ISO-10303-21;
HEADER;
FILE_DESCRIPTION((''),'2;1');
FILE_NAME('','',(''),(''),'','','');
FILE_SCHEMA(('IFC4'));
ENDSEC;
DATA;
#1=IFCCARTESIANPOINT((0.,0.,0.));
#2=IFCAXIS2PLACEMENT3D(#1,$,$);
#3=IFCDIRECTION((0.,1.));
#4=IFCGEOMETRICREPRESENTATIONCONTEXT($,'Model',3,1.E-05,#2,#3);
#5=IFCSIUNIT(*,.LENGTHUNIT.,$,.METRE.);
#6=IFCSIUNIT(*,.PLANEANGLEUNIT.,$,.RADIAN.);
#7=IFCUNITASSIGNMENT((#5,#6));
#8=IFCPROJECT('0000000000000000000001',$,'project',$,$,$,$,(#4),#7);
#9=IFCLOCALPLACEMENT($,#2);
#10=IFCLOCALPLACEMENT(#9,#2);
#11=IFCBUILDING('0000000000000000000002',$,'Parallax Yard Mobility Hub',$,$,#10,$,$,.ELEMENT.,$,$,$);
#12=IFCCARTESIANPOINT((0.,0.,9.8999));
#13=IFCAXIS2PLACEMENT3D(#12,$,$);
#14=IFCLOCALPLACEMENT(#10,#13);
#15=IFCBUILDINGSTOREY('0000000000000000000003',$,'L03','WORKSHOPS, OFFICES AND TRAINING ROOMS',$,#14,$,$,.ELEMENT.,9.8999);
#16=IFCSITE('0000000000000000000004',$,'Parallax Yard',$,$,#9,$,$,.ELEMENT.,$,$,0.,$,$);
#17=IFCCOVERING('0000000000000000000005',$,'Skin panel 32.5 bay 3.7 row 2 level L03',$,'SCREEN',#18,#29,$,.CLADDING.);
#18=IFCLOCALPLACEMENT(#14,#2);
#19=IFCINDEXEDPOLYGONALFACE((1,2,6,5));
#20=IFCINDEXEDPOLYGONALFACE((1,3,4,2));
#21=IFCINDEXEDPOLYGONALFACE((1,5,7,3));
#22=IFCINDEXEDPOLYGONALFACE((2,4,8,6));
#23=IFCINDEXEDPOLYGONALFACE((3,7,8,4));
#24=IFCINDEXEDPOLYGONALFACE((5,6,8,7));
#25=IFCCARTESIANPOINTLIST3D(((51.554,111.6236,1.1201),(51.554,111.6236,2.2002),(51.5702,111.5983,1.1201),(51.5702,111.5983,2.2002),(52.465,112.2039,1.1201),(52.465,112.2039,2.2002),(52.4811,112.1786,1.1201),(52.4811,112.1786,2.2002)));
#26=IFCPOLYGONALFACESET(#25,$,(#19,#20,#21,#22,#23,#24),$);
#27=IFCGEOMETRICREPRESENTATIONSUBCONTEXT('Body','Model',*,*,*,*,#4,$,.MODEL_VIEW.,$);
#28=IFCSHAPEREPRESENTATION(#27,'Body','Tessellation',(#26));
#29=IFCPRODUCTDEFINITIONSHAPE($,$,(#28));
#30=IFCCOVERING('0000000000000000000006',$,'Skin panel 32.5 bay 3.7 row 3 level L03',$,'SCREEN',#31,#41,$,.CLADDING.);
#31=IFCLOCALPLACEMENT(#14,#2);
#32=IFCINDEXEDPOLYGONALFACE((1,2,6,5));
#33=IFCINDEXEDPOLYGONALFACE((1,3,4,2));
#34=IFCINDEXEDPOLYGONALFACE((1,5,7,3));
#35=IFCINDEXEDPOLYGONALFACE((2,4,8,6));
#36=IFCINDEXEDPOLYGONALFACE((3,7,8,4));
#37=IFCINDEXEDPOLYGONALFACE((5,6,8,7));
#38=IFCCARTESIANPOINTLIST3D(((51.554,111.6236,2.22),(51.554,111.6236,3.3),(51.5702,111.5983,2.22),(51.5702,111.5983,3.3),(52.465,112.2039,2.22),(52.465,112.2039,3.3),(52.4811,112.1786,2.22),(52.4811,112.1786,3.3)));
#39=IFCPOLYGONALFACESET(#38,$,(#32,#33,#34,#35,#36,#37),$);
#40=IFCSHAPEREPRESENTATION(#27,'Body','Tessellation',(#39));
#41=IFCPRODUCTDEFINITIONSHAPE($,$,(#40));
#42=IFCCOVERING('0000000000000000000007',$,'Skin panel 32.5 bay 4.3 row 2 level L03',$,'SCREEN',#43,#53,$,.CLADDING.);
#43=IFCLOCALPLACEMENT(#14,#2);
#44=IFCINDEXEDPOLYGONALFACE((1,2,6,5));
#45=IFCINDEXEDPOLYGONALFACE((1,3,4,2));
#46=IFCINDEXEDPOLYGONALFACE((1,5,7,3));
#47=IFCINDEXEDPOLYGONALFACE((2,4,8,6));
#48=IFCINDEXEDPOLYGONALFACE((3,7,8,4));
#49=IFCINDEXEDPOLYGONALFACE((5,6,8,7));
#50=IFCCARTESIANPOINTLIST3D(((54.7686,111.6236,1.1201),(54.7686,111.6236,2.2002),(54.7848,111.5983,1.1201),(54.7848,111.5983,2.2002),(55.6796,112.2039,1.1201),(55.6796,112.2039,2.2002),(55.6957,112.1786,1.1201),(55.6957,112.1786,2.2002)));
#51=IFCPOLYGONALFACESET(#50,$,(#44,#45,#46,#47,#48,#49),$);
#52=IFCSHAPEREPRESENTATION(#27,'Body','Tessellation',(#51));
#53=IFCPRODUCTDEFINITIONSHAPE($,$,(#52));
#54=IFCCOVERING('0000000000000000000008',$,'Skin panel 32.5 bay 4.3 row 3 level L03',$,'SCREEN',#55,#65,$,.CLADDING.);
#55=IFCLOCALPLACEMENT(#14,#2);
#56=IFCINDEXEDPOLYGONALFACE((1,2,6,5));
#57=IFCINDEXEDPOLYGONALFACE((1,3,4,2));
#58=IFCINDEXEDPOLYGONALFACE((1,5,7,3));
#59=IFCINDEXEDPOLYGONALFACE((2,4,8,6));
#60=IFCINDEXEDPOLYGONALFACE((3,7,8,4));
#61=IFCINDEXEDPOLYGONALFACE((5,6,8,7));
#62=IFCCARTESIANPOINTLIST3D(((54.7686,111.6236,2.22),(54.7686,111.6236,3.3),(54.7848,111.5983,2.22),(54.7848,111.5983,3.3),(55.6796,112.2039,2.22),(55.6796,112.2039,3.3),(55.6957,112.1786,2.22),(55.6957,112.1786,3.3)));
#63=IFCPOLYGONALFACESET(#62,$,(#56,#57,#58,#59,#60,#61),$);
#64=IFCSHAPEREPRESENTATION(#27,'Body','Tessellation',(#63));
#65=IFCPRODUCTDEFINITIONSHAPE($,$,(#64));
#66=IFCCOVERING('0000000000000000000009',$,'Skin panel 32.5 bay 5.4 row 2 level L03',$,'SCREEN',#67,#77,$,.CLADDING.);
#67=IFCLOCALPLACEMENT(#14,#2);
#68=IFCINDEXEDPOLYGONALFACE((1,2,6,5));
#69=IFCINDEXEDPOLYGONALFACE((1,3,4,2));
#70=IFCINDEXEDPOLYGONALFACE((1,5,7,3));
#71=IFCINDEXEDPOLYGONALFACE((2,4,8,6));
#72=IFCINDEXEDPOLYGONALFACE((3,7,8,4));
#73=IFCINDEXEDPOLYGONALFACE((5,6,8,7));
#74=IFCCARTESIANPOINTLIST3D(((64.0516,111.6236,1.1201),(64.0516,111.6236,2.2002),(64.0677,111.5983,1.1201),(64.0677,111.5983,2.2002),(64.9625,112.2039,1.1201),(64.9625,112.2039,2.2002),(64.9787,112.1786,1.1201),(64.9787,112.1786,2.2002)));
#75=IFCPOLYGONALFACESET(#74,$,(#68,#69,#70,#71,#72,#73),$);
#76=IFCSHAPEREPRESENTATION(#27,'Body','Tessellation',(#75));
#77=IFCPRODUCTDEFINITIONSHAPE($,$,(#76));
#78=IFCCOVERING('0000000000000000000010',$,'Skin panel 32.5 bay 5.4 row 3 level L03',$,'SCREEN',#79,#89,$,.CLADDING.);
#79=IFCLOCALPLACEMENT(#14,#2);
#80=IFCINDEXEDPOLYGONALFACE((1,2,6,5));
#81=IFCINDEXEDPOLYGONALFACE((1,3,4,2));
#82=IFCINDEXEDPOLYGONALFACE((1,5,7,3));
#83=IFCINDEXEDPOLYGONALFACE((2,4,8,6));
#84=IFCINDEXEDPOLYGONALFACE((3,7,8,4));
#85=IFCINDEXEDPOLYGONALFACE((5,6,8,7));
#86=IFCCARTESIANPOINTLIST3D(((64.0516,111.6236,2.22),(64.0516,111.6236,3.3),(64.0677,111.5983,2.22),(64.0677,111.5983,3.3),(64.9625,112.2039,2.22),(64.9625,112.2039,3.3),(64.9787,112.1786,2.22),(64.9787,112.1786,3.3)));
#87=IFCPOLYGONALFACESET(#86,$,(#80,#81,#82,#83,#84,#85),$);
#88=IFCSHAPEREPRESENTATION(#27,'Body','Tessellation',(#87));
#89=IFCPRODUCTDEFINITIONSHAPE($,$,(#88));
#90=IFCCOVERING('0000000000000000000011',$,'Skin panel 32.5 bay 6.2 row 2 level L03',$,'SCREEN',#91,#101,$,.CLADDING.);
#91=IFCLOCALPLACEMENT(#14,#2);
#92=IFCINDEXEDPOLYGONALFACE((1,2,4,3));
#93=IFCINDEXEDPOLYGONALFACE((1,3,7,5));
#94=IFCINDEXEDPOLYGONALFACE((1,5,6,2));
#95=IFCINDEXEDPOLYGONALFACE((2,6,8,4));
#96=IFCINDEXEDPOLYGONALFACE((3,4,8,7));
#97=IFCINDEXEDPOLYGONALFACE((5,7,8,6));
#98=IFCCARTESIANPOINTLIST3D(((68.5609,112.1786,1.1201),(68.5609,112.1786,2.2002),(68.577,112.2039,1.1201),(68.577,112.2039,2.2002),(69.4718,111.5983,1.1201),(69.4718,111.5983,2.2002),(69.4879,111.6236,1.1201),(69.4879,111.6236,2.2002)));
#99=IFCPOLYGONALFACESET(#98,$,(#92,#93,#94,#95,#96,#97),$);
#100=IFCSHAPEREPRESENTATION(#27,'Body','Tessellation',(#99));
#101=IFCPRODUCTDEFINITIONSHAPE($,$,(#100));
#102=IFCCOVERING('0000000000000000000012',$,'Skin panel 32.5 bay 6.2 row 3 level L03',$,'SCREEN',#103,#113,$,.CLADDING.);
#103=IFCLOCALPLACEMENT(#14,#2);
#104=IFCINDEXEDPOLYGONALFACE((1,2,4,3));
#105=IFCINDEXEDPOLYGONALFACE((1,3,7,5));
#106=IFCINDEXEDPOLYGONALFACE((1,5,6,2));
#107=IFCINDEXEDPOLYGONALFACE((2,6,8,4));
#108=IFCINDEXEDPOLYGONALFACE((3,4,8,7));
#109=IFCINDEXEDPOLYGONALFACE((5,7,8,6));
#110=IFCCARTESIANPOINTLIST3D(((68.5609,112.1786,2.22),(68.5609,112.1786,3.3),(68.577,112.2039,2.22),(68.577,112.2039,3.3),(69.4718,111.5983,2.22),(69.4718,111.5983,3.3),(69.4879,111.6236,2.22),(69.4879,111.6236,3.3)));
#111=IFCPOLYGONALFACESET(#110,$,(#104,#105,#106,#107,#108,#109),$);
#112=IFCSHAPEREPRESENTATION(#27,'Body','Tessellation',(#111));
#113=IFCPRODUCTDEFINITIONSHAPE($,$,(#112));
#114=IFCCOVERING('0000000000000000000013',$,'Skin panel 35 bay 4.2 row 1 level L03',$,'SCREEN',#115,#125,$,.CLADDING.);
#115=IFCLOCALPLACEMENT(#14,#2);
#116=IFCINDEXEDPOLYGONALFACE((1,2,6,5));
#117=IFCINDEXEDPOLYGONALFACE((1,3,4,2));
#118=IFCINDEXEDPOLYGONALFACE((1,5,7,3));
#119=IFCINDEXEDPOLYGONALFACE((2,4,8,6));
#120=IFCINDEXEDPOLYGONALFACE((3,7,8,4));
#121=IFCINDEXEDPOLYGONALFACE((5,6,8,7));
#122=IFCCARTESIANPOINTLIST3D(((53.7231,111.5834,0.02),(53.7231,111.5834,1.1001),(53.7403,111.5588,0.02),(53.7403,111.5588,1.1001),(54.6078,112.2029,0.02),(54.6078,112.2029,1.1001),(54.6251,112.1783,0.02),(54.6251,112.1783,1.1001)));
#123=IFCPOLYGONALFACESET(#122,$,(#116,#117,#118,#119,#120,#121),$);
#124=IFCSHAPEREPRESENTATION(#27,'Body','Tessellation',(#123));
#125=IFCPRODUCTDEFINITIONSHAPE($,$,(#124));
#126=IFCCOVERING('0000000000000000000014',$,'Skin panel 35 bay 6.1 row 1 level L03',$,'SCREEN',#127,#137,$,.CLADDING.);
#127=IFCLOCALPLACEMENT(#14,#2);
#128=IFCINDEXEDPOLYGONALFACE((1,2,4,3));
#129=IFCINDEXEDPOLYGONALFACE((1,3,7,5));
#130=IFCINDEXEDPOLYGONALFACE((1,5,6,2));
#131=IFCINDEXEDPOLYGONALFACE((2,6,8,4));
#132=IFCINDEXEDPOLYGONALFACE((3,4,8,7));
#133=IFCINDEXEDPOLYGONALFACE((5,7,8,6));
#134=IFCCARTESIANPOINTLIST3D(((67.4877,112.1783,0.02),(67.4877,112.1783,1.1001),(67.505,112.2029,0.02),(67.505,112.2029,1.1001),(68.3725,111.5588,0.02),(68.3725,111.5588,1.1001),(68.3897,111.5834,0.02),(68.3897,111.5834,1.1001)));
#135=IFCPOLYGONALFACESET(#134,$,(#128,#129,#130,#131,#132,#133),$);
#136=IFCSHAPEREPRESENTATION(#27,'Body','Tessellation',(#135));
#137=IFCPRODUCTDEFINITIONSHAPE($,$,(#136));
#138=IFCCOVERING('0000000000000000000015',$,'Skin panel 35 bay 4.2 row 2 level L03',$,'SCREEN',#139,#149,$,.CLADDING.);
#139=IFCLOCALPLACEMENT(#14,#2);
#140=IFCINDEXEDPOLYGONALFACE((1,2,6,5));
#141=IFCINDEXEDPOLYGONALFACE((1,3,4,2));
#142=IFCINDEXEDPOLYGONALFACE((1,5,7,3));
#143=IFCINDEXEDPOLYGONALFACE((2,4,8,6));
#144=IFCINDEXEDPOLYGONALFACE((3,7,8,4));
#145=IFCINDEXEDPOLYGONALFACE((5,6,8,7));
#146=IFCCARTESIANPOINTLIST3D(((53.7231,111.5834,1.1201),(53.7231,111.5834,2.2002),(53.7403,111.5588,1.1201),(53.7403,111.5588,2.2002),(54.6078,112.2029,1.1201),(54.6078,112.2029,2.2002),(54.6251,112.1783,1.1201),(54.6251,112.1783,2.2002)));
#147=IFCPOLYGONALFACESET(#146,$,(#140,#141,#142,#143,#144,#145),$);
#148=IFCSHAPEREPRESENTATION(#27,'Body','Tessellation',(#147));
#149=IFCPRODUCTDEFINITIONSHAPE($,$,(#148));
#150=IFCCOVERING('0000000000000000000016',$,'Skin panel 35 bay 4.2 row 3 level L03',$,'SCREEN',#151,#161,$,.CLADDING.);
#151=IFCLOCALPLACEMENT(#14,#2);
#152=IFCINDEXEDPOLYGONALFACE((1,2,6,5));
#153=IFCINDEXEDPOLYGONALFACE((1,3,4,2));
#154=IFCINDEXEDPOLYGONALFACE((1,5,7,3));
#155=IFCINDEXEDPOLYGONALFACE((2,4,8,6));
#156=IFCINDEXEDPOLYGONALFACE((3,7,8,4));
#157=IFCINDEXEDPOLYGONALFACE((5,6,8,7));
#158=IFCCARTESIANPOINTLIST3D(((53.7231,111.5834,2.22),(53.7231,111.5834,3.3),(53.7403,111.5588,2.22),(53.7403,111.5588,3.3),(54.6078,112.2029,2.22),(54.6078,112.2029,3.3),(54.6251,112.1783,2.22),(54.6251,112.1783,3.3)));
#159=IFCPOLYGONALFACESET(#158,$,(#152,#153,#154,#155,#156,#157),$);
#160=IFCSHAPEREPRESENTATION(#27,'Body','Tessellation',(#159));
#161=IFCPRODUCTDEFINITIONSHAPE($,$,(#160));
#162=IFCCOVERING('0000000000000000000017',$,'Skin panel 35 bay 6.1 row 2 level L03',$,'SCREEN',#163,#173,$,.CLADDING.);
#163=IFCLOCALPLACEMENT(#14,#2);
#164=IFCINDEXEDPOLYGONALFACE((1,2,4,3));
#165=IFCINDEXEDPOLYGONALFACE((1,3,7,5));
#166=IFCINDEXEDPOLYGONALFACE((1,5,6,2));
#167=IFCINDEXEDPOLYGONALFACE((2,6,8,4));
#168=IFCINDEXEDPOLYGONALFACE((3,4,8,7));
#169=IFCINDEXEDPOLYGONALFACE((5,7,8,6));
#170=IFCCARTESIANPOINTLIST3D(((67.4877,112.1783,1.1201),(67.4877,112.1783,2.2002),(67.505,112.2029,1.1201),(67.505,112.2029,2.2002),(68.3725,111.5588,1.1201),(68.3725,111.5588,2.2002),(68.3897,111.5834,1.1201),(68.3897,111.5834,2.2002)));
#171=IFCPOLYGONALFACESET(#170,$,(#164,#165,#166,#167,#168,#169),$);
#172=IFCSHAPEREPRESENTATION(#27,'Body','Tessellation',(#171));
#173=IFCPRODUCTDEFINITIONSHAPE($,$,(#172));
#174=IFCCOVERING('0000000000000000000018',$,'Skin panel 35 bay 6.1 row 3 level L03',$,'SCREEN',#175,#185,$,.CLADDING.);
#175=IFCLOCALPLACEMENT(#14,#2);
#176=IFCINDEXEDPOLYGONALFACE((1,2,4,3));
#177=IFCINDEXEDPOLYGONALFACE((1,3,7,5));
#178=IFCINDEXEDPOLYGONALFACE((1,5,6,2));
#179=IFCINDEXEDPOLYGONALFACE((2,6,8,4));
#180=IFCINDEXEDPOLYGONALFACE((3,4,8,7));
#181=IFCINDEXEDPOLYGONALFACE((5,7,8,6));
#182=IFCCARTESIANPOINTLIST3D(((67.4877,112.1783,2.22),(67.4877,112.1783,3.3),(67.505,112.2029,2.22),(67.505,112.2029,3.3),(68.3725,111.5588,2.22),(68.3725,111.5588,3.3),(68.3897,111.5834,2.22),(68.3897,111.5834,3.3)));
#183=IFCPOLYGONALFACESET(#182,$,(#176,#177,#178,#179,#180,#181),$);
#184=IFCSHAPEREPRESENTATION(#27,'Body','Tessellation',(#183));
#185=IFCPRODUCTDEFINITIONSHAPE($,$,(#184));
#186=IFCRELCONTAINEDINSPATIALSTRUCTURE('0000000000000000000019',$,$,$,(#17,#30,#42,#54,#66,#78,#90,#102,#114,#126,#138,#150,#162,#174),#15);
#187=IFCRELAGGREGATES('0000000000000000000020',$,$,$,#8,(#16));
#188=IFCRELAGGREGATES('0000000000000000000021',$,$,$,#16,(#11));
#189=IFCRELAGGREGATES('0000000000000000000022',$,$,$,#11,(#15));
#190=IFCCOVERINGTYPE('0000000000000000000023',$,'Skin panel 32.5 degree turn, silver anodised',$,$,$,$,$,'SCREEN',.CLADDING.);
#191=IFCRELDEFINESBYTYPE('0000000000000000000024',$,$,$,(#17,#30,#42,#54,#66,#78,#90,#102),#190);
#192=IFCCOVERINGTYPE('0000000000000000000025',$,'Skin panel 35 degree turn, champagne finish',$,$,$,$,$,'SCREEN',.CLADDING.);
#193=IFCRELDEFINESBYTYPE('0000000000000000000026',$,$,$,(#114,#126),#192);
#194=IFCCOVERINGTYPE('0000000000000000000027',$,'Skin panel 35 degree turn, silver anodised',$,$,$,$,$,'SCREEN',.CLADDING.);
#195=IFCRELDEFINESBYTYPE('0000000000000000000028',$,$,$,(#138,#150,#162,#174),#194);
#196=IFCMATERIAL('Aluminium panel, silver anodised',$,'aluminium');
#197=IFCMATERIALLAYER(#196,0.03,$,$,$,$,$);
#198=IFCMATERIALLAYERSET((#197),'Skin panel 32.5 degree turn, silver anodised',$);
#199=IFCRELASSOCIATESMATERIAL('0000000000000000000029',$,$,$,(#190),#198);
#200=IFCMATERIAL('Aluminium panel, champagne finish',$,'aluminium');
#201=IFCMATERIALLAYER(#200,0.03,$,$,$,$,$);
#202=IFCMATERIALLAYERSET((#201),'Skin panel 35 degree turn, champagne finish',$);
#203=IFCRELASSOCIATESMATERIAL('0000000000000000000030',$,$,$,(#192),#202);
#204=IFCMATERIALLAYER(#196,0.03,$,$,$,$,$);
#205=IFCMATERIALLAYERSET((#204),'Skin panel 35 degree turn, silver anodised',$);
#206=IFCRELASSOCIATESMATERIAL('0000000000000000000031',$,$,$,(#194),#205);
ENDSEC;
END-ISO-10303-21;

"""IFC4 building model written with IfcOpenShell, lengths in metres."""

from ifc_helpers import new_model, si_unit, direction, frame, origin, origin_2d, place, context, subcontext, project, spatial, rectangle, extrude, material, layer, layer_set, type_object, element, save


model = new_model("IFC4")

# Units and contexts
model_context = context("Model", 3, precision=1e-05, world=origin(), true_north=direction((0.0, 1.0)))
body_context = subcontext(model_context, "Body", "Model", "MODEL_VIEW")
ifc_project = project(units=[si_unit("LENGTHUNIT", "METRE"), si_unit("PLANEANGLEUNIT", "RADIAN")], contexts=[model_context])

# Site, building, storey
site_placement = place(None, origin())
site = spatial("IfcSite", under=ifc_project, at=site_placement, Name="Parallax Yard", CompositionType="ELEMENT", RefElevation=0.0)
building_placement = place(site_placement, origin())
building = spatial("IfcBuilding", under=site, at=building_placement, Name="Parallax Yard Mobility Hub", CompositionType="ELEMENT")
storey_placement = place(building_placement, frame((0.0, 0.0, 9.8999)))
storey = spatial("IfcBuildingStorey", under=building, at=storey_placement, Name="L03", Description="WORKSHOPS, OFFICES AND TRAINING ROOMS", CompositionType="ELEMENT", Elevation=9.8999)

# Coverings
ifc_material_1 = material(Name="Aluminium panel, champagne finish", Category="aluminium")
ifc_material_2 = material(Name="Aluminium panel, silver anodised", Category="aluminium")
ifc_layer_1 = layer(ifc_material_2, 0.03)
ifc_layer_set_1 = layer_set([ifc_layer_1], Name="Skin panel 32.5 degree turn, silver anodised")
covering_type_1 = type_object("IfcCoveringType", Name="Skin panel 32.5 degree turn, silver anodised", ElementType="SCREEN", PredefinedType="CLADDING", material=ifc_layer_set_1)
for number, where, z_axis, x_axis, name in (
    (1, (52.0176, 111.9011, 1.1201), (0.0, 0.0, 1.0), (-0.843391, -0.5373, 0.0), "Skin panel 32.5 bay 3.7 row 2 level L03"),
    (2, (52.0176, 111.9011, 2.22), (0.0, 0.0, 1.0), (-0.843391, -0.5373, 0.0), "Skin panel 32.5 bay 3.7 row 3 level L03"),
    (3, (55.2322, 111.9011, 1.1201), (0.0, 0.0, 1.0), (-0.843391, -0.5373, 0.0), "Skin panel 32.5 bay 4.3 row 2 level L03"),
    (4, (55.2322, 111.9011, 2.22), (0.0, 0.0, 1.0), (-0.843391, -0.5373, 0.0), "Skin panel 32.5 bay 4.3 row 3 level L03"),
    (5, (64.5151, 111.9011, 1.1201), (0.0, 0.0, 1.0), (-0.843391, -0.5373, 0.0), "Skin panel 32.5 bay 5.4 row 2 level L03"),
    (6, (64.5151, 111.9011, 2.22), (0.0, 0.0, 1.0), (-0.843391, -0.5373, 0.0), "Skin panel 32.5 bay 5.4 row 3 level L03"),
    (7, (69.0244, 111.9011, 1.1201), (0.0, 0.0, 1.0), (0.843391, -0.5373, 0.0), "Skin panel 32.5 bay 6.2 row 2 level L03"),
    (8, (69.0244, 111.9011, 2.22), (0.0, 0.0, 1.0), (0.843391, -0.5373, 0.0), "Skin panel 32.5 bay 6.2 row 3 level L03"),
):
    element("IfcCovering", number, at=place(storey_placement, frame(where, z_axis=z_axis, x_axis=x_axis)), inside=storey, type_object=covering_type_1, Name=name, ObjectType="SCREEN", PredefinedType="CLADDING", context=body_context, shape_type="SweptSolid", body=[
        extrude(rectangle(XDim=1.0801, YDim=0.03, at=origin_2d()), origin(), (0.0, 0.0, 1.0), 1.0801),
    ])
ifc_layer_2 = layer(ifc_material_1, 0.03)
ifc_layer_set_2 = layer_set([ifc_layer_2], Name="Skin panel 35 degree turn, champagne finish")
covering_type_2 = type_object("IfcCoveringType", Name="Skin panel 35 degree turn, champagne finish", ElementType="SCREEN", PredefinedType="CLADDING", material=ifc_layer_set_2)
for number, where, z_axis, x_axis, name in (
    (9, (54.1741, 111.8809, 0.02), (0.0, 0.0, 1.0), (-0.819152, -0.573576, 0.0), "Skin panel 35 bay 4.2 row 1 level L03"),
    (10, (67.9387, 111.8809, 0.02), (0.0, 0.0, 1.0), (0.819152, -0.573576, 0.0), "Skin panel 35 bay 6.1 row 1 level L03"),
):
    element("IfcCovering", number, at=place(storey_placement, frame(where, z_axis=z_axis, x_axis=x_axis)), inside=storey, type_object=covering_type_2, Name=name, ObjectType="SCREEN", PredefinedType="CLADDING", context=body_context, shape_type="SweptSolid", body=[
        extrude(rectangle(XDim=1.0801, YDim=0.03, at=origin_2d()), origin(), (0.0, 0.0, 1.0), 1.0801),
    ])
ifc_layer_3 = layer(ifc_material_2, 0.03)
ifc_layer_set_3 = layer_set([ifc_layer_3], Name="Skin panel 35 degree turn, silver anodised")
covering_type_3 = type_object("IfcCoveringType", Name="Skin panel 35 degree turn, silver anodised", ElementType="SCREEN", PredefinedType="CLADDING", material=ifc_layer_set_3)
for number, where, z_axis, x_axis, name in (
    (11, (54.1741, 111.8809, 1.1201), (0.0, 0.0, 1.0), (-0.819152, -0.573576, 0.0), "Skin panel 35 bay 4.2 row 2 level L03"),
    (12, (54.1741, 111.8809, 2.22), (0.0, 0.0, 1.0), (-0.819152, -0.573576, 0.0), "Skin panel 35 bay 4.2 row 3 level L03"),
    (13, (67.9387, 111.8809, 1.1201), (0.0, 0.0, 1.0), (0.819152, -0.573576, 0.0), "Skin panel 35 bay 6.1 row 2 level L03"),
    (14, (67.9387, 111.8809, 2.22), (0.0, 0.0, 1.0), (0.819152, -0.573576, 0.0), "Skin panel 35 bay 6.1 row 3 level L03"),
):
    element("IfcCovering", number, at=place(storey_placement, frame(where, z_axis=z_axis, x_axis=x_axis)), inside=storey, type_object=covering_type_3, Name=name, ObjectType="SCREEN", PredefinedType="CLADDING", context=body_context, shape_type="SweptSolid", body=[
        extrude(rectangle(XDim=1.0801, YDim=0.03, at=origin_2d()), origin(), (0.0, 0.0, 1.0), 1.0801),
    ])

save(model, "model.ifc")
